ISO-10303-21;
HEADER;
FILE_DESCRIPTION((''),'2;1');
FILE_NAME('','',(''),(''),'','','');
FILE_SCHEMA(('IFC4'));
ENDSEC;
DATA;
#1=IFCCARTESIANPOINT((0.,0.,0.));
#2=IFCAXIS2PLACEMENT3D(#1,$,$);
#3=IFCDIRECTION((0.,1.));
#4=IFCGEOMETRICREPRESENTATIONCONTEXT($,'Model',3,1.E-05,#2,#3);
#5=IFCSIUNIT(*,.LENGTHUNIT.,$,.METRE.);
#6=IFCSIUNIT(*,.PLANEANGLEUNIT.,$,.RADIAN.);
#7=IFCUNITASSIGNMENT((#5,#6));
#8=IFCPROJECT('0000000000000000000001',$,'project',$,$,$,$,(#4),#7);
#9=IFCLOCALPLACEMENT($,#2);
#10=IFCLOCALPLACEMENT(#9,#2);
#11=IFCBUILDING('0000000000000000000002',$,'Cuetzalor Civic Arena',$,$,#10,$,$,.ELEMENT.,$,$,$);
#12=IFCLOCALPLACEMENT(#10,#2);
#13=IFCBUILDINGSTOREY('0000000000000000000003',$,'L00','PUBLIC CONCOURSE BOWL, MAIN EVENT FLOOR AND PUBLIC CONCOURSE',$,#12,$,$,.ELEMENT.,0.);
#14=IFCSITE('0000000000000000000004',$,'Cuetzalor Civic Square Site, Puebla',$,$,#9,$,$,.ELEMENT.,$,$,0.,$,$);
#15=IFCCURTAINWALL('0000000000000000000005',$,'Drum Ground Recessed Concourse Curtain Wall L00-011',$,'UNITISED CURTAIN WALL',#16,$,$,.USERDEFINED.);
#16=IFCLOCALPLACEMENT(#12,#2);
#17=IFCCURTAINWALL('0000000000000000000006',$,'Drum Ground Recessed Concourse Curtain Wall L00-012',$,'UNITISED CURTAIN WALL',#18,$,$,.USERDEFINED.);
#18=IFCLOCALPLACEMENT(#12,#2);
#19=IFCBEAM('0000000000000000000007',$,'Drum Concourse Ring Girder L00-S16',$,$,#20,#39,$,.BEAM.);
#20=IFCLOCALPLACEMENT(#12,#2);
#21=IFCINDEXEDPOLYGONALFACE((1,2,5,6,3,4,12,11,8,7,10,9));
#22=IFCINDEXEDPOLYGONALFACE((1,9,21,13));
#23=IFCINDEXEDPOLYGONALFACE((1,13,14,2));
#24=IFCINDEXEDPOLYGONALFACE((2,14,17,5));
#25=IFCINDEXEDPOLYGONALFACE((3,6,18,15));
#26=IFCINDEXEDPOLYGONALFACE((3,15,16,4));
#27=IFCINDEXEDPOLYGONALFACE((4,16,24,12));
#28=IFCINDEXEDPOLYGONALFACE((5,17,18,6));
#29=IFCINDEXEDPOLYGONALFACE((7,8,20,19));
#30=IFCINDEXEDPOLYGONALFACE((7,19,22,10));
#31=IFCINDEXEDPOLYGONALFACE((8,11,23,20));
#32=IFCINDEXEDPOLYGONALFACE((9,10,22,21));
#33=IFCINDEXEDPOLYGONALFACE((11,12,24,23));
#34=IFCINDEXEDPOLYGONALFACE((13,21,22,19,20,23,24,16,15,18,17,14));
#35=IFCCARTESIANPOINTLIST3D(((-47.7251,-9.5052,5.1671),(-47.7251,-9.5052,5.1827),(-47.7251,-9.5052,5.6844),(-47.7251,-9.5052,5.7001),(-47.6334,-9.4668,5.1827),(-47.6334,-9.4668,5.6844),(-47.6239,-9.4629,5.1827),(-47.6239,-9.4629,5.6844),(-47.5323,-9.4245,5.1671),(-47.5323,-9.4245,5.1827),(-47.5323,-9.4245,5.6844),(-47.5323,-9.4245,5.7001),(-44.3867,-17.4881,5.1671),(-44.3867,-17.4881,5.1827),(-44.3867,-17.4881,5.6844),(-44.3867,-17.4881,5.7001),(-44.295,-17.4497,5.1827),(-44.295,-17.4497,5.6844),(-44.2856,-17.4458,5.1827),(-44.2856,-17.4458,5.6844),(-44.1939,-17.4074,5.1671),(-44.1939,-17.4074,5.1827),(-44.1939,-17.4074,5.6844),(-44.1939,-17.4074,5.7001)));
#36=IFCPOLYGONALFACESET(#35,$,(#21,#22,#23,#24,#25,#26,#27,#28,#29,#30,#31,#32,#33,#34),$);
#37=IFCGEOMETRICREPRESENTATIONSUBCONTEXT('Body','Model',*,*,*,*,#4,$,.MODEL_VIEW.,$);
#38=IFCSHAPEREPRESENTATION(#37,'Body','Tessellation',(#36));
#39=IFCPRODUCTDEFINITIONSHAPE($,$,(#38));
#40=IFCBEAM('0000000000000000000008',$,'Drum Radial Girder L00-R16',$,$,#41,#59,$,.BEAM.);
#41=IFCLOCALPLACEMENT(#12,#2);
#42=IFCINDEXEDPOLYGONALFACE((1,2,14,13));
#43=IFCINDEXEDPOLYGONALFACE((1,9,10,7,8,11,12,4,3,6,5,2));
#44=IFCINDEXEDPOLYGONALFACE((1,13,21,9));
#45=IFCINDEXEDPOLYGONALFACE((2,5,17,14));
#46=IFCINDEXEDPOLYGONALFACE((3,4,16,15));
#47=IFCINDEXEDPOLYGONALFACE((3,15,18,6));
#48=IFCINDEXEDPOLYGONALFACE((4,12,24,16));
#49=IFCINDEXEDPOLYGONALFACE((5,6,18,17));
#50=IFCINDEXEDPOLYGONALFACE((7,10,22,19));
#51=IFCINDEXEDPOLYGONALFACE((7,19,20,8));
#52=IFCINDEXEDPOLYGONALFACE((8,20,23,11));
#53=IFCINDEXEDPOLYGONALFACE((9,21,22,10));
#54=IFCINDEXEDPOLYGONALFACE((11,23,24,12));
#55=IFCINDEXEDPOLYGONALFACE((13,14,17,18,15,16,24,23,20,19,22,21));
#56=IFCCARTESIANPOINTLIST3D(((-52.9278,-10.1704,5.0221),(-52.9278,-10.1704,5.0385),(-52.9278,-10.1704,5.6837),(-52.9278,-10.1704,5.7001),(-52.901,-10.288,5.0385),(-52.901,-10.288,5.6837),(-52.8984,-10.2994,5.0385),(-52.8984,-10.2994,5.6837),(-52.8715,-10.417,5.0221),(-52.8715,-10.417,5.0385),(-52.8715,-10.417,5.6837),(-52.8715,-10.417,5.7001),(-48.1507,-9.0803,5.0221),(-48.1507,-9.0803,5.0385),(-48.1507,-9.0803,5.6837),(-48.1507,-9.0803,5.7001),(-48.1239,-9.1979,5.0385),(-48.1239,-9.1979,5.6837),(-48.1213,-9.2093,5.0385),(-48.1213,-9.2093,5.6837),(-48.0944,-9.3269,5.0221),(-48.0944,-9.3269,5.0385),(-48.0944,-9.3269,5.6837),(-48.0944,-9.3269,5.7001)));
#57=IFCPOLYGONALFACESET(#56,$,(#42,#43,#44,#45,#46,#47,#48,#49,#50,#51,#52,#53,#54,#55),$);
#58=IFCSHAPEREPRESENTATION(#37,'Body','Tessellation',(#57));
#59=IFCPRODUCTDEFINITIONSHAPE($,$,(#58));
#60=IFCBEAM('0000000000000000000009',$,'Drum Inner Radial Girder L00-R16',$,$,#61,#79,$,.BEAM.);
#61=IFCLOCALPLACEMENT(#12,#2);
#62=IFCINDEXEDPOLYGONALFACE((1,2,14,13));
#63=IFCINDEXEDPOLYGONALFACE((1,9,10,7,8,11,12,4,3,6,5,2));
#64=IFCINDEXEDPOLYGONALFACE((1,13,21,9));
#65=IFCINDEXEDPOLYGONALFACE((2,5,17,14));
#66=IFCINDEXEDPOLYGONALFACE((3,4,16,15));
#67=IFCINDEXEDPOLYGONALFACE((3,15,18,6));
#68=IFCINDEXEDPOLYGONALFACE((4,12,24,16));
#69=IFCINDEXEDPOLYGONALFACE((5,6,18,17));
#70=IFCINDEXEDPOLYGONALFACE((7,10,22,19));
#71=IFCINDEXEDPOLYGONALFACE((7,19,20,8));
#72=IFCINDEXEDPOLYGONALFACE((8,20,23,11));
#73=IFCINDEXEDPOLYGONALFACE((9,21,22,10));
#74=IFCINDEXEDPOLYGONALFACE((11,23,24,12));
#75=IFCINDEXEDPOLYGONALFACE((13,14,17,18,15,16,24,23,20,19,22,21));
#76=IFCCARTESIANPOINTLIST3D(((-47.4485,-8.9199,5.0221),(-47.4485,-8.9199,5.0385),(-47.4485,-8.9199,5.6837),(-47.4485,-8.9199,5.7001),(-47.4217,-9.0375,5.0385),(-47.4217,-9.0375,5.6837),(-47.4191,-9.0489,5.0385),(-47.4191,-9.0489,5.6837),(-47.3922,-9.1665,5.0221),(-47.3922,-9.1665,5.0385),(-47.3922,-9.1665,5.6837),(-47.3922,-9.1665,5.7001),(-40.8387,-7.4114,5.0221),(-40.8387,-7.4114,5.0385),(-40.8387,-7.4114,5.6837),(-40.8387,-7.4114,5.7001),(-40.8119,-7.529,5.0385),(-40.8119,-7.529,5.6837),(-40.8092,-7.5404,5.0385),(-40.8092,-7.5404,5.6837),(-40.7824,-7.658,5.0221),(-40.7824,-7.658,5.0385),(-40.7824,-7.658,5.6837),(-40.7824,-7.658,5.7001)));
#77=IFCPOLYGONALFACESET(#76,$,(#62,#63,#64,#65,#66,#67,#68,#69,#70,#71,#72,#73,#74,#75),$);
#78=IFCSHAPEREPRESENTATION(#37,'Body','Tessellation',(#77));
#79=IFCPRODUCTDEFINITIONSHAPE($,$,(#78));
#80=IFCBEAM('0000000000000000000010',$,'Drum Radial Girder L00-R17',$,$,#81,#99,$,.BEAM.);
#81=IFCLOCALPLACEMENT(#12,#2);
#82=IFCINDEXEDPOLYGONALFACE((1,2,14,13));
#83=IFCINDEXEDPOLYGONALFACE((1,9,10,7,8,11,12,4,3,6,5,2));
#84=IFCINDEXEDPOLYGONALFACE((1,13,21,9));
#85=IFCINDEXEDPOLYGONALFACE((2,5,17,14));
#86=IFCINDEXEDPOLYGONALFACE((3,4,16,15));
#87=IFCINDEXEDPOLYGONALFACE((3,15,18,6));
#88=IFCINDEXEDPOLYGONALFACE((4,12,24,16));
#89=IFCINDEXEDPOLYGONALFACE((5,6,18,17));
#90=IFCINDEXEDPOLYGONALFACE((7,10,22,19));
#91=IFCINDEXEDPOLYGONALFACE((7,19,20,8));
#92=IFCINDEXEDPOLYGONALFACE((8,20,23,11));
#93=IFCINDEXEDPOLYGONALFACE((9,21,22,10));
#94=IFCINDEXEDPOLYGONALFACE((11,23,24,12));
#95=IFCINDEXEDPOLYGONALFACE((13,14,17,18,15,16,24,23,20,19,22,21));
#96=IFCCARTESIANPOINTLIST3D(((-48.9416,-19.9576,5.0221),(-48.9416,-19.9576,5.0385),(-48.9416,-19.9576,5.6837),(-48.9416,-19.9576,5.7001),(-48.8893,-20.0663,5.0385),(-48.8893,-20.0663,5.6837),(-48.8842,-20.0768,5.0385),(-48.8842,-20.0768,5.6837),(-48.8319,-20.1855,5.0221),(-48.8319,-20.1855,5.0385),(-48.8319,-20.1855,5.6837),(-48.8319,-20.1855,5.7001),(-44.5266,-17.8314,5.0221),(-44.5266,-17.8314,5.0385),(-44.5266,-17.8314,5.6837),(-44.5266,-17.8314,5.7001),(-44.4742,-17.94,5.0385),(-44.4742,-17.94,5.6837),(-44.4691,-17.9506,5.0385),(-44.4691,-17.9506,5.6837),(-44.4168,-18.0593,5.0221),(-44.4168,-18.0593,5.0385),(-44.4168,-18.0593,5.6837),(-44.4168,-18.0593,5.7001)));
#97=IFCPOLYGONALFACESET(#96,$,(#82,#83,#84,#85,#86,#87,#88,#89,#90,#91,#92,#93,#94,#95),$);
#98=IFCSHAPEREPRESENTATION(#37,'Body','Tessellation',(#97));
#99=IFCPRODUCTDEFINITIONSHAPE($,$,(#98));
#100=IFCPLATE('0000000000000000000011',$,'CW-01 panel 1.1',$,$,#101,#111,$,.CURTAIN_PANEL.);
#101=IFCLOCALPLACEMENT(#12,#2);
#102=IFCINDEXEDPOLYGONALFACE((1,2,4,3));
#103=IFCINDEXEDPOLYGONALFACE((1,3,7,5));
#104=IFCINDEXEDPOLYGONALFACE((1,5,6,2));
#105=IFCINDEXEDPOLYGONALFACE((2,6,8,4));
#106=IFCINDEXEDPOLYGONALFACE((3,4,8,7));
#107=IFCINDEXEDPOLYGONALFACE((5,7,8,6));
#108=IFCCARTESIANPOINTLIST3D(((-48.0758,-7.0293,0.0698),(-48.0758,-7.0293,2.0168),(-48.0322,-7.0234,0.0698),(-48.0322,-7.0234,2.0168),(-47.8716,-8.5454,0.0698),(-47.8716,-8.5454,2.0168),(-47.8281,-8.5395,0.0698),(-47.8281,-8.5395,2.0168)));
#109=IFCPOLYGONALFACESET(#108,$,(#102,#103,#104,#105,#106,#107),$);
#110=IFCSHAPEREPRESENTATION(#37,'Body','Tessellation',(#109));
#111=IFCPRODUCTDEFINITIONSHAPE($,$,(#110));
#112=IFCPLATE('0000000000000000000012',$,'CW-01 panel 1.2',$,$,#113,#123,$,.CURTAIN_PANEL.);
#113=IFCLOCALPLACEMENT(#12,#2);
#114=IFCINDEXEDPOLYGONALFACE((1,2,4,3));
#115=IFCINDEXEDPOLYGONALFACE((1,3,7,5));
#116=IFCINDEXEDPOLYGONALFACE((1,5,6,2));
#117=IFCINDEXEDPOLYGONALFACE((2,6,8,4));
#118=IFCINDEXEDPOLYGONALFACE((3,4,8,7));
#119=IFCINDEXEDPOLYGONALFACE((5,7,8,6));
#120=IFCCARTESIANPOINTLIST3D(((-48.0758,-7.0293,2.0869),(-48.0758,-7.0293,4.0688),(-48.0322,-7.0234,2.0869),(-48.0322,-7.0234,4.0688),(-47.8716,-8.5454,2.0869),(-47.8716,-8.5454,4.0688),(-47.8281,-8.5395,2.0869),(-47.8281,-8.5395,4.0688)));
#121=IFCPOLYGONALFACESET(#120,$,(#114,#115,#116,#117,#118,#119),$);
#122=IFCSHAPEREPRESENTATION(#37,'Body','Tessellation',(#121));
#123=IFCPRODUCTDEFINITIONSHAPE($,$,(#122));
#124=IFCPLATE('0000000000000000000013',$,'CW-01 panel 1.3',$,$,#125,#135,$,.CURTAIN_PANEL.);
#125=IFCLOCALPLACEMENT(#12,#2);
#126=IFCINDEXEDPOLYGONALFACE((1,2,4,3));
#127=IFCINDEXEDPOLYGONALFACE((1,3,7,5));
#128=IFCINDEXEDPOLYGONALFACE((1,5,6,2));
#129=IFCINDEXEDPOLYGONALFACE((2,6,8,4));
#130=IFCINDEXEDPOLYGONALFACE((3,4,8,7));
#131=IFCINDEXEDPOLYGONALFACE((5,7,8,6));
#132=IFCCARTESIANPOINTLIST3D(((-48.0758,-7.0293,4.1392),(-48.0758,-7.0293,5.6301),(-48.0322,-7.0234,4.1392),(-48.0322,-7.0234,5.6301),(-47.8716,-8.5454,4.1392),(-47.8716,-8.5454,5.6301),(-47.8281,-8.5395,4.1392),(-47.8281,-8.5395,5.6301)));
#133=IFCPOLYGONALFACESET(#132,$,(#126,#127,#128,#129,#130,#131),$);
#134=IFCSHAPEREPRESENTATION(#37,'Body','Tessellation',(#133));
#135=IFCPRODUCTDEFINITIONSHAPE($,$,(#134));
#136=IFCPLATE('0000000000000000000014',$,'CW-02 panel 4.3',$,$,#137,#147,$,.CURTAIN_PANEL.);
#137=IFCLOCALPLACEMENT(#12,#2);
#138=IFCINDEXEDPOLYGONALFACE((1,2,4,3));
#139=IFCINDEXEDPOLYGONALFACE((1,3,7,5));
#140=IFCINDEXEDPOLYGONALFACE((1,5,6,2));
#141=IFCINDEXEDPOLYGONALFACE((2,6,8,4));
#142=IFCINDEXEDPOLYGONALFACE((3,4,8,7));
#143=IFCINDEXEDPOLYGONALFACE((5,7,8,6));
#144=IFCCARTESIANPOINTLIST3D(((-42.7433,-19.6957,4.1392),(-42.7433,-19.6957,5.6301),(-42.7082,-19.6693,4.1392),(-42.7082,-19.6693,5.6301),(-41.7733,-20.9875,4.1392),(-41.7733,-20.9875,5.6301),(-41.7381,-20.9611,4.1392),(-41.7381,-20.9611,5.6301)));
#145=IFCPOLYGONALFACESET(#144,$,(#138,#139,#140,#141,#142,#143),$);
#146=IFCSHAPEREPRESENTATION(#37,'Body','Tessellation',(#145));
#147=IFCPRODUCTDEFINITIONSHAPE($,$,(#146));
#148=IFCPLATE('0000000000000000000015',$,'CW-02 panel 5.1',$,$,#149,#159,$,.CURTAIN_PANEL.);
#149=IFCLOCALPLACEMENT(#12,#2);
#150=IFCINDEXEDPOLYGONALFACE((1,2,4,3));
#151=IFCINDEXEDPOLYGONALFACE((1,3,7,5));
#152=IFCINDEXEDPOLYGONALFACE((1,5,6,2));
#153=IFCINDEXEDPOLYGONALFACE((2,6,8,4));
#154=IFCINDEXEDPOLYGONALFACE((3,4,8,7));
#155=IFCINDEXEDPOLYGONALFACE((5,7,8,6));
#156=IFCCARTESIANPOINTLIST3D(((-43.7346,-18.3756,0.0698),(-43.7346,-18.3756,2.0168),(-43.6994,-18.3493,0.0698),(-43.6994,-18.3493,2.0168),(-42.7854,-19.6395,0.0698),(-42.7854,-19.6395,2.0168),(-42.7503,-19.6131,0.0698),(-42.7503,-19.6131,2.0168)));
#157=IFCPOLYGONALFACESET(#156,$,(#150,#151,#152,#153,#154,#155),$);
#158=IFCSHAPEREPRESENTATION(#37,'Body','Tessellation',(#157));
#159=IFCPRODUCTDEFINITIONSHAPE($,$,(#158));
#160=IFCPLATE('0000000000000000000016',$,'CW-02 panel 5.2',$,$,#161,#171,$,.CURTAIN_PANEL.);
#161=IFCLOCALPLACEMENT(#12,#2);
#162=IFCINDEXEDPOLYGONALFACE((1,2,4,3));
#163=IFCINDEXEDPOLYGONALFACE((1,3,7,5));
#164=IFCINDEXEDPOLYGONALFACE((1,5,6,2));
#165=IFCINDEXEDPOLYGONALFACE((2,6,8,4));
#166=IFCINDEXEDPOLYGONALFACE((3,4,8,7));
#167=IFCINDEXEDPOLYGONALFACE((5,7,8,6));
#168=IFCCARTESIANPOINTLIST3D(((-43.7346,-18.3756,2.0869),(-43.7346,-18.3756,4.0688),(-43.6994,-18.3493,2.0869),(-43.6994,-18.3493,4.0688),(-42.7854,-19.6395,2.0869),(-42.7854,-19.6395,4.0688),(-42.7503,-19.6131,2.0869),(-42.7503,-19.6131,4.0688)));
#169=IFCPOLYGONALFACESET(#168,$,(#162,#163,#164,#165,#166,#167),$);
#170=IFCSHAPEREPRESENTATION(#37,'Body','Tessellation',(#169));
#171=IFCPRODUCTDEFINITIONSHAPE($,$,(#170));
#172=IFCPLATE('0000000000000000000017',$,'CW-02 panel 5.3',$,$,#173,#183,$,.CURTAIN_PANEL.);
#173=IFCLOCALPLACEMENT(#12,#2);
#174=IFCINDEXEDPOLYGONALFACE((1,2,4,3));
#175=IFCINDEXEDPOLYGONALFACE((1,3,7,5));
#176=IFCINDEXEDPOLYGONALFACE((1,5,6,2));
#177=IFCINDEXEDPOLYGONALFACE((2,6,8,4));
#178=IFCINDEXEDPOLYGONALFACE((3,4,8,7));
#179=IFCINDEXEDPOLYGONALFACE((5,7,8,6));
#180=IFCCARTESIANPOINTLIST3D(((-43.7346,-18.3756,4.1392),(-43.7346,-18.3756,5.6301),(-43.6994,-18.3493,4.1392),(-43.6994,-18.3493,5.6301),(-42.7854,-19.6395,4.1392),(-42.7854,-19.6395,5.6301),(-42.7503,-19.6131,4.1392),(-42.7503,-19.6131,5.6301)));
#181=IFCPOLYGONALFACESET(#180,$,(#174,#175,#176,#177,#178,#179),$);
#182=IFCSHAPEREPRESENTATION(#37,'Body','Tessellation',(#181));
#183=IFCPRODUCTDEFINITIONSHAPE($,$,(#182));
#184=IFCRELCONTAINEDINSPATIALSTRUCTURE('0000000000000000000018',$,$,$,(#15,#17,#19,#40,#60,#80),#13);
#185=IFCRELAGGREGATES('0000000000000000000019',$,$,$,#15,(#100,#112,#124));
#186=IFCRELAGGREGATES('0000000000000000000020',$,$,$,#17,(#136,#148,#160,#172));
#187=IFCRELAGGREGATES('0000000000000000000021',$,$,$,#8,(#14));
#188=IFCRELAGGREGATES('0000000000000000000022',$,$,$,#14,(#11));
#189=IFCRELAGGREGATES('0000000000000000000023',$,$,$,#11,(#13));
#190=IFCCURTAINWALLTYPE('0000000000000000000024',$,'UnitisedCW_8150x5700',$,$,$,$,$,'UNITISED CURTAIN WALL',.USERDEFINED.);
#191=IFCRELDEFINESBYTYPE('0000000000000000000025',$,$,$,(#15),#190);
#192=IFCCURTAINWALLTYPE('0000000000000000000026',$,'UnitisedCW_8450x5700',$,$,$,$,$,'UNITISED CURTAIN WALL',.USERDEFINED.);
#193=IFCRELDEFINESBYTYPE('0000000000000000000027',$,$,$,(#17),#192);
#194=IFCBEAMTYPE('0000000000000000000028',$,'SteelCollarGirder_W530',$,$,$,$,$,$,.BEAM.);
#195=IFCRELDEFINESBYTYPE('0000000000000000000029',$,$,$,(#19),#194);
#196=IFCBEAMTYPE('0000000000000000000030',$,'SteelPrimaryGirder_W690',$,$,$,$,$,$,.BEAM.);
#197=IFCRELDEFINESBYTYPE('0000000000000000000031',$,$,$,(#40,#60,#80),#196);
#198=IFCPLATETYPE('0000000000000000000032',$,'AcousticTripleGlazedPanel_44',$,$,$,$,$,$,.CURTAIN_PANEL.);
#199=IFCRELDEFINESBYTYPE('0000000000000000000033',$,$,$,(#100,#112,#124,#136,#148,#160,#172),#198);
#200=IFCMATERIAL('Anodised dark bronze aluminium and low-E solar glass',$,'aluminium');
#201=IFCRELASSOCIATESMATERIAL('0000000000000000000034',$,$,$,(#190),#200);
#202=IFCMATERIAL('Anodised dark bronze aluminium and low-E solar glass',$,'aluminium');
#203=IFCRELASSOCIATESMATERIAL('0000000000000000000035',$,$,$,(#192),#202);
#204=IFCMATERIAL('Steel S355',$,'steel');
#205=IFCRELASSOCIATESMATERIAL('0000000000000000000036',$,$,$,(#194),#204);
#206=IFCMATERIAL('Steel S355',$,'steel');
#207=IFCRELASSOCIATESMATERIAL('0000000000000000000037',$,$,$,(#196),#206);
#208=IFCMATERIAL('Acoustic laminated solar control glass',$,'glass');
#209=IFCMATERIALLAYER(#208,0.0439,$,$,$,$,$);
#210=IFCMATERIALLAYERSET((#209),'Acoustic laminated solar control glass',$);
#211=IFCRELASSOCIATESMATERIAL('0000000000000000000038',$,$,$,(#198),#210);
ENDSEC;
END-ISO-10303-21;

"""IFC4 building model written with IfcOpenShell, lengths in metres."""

from ifc_helpers import new_model, si_unit, direction, frame, origin, origin_2d, place, context, subcontext, project, spatial, rectangle, i_section, extrude, material, layer, layer_set, material_profile, profile_set, type_object, element, aggregate, save


model = new_model("IFC4")

# Units and contexts
model_context = context("Model", 3, precision=1e-05, world=origin(), true_north=direction((0.0, 1.0)))
body_context = subcontext(model_context, "Body", "Model", "MODEL_VIEW")
ifc_project = project(units=[si_unit("LENGTHUNIT", "METRE"), si_unit("PLANEANGLEUNIT", "RADIAN")], contexts=[model_context])

# Site, building, storey
site_placement = place(None, origin())
site = spatial("IfcSite", under=ifc_project, at=site_placement, Name="Cuetzalor Civic Square Site, Puebla", CompositionType="ELEMENT", RefElevation=0.0)
building_placement = place(site_placement, origin())
building = spatial("IfcBuilding", under=site, at=building_placement, Name="Cuetzalor Civic Arena", CompositionType="ELEMENT")
storey_placement = place(building_placement, origin())
storey = spatial("IfcBuildingStorey", under=building, at=storey_placement, Name="L00", Description="PUBLIC CONCOURSE BOWL, MAIN EVENT FLOOR AND PUBLIC CONCOURSE", CompositionType="ELEMENT", Elevation=0.0)

# Curtain wall
ifc_material_1 = material(Name="Anodised dark bronze aluminium and low-E solar glass", Category="aluminium")
curtain_wall_type_1 = type_object("IfcCurtainWallType", Name="UnitisedCW_8150x5700", ElementType="UNITISED CURTAIN WALL", PredefinedType="USERDEFINED", material=ifc_material_1)
curtain_wall_1_placement = place(storey_placement, origin())
curtain_wall_1 = element("IfcCurtainWall", 1, at=curtain_wall_1_placement, inside=storey, type_object=curtain_wall_type_1, Name="Drum Ground Recessed Concourse Curtain Wall L00-011", ObjectType="UNITISED CURTAIN WALL", PredefinedType="USERDEFINED")

# Curtain wall
ifc_material_2 = material(Name="Anodised dark bronze aluminium and low-E solar glass", Category="aluminium")
curtain_wall_type_2 = type_object("IfcCurtainWallType", Name="UnitisedCW_8450x5700", ElementType="UNITISED CURTAIN WALL", PredefinedType="USERDEFINED", material=ifc_material_2)
curtain_wall_2_placement = place(storey_placement, origin())
curtain_wall_2 = element("IfcCurtainWall", 2, at=curtain_wall_2_placement, inside=storey, type_object=curtain_wall_type_2, Name="Drum Ground Recessed Concourse Curtain Wall L00-012", ObjectType="UNITISED CURTAIN WALL", PredefinedType="USERDEFINED")

# Beams
ifc_material_3 = material(Name="Steel S355", Category="steel")
ifc_material_profile_1 = material_profile(ifc_material_3, i_section(OverallWidth=0.209, OverallDepth=0.533, WebThickness=0.0103, FlangeThickness=0.0156, at=origin_2d()), Name="W530x92")
ifc_profile_set_1 = profile_set([ifc_material_profile_1], Name="Steel S355")
beam_type_1 = type_object("IfcBeamType", Name="SteelCollarGirder_W530", PredefinedType="BEAM", material=ifc_profile_set_1)
beam_1_placement = place(storey_placement, frame((-47.6287, -9.4648, 5.4336), z_axis=(0.385813, -0.922577, 0.0), x_axis=(0.922577, 0.385813, 0.0)))
element("IfcBeam", 3, at=beam_1_placement, inside=storey, type_object=beam_type_1, Name="Drum Concourse Ring Girder L00-S16", PredefinedType="BEAM", context=body_context, shape_type="SweptSolid", body=[
    extrude(i_section(OverallWidth=0.209, OverallDepth=0.533, WebThickness=0.0103, FlangeThickness=0.0156, at=origin_2d()), origin(), (0.0, 0.0, 1.0), 8.6528),
])
ifc_material_4 = material(Name="Steel S355", Category="steel")
ifc_material_profile_2 = material_profile(ifc_material_4, i_section(OverallWidth=0.2529, OverallDepth=0.678, WebThickness=0.0117, FlangeThickness=0.0164, at=origin_2d()), Name="W690x125")
ifc_profile_set_2 = profile_set([ifc_material_profile_2], Name="Steel S355")
beam_type_2 = type_object("IfcBeamType", Name="SteelPrimaryGirder_W690", PredefinedType="BEAM", material=ifc_profile_set_2)
beam_2_placement = place(storey_placement, frame((-48.1226, -9.2036, 5.3611), z_axis=(-0.974939, -0.222472, 0.0), x_axis=(0.222472, -0.974939, 0.0)))
element("IfcBeam", 4, at=beam_2_placement, inside=storey, type_object=beam_type_2, Name="Drum Radial Girder L00-R16", PredefinedType="BEAM", context=body_context, shape_type="SweptSolid", body=[
    extrude(i_section(OverallWidth=0.2529, OverallDepth=0.678, WebThickness=0.0117, FlangeThickness=0.0164, at=origin_2d()), origin(), (0.0, 0.0, 1.0), 4.8999),
])
beam_3_placement = place(storey_placement, frame((-40.8105, -7.5347, 5.3611), z_axis=(-0.974932, -0.222505, 0.0), x_axis=(0.222505, -0.974932, 0.0)))
element("IfcBeam", 5, at=beam_3_placement, inside=storey, type_object=beam_type_2, Name="Drum Inner Radial Girder L00-R16", PredefinedType="BEAM", context=body_context, shape_type="SweptSolid", body=[
    extrude(i_section(OverallWidth=0.2529, OverallDepth=0.678, WebThickness=0.0117, FlangeThickness=0.0164, at=origin_2d()), origin(), (0.0, 0.0, 1.0), 6.7798),
])
beam_4_placement = place(storey_placement, frame((-44.4717, -17.9453, 5.3611), z_axis=(-0.900965, -0.433892, 0.0), x_axis=(0.433892, -0.900965, 0.0)))
element("IfcBeam", 6, at=beam_4_placement, inside=storey, type_object=beam_type_2, Name="Drum Radial Girder L00-R17", PredefinedType="BEAM", context=body_context, shape_type="SweptSolid", body=[
    extrude(i_section(OverallWidth=0.2529, OverallDepth=0.678, WebThickness=0.0117, FlangeThickness=0.0164, at=origin_2d()), origin(), (0.0, 0.0, 1.0), 4.9004),
])

# Plates
ifc_material_5 = material(Name="Acoustic laminated solar control glass", Category="glass")
ifc_layer_1 = layer(ifc_material_5, 0.0439)
ifc_layer_set_1 = layer_set([ifc_layer_1], Name="Acoustic laminated solar control glass")
plate_type = type_object("IfcPlateType", Name="AcousticTripleGlazedPanel_44", PredefinedType="CURTAIN_PANEL", material=ifc_layer_set_1)
plate_1_placement = place(storey_placement, frame((-47.9519, -7.7844, 0.0698), z_axis=(0.0, 0.0, 1.0), x_axis=(-0.133443, 0.991056, 0.0)))
plate_1 = element("IfcPlate", 7, at=plate_1_placement, type_object=plate_type, Name="CW-01 panel 1.1", PredefinedType="CURTAIN_PANEL", context=body_context, shape_type="SweptSolid", body=[
    extrude(rectangle(XDim=1.5298, YDim=0.0439, at=origin_2d()), origin(), (0.0, 0.0, 1.0), 1.947),
])
plate_2_placement = place(storey_placement, frame((-47.9519, -7.7844, 2.0869), z_axis=(0.0, 0.0, 1.0), x_axis=(-0.133443, 0.991056, 0.0)))
plate_2 = element("IfcPlate", 8, at=plate_2_placement, type_object=plate_type, Name="CW-01 panel 1.2", PredefinedType="CURTAIN_PANEL", context=body_context, shape_type="SweptSolid", body=[
    extrude(rectangle(XDim=1.5298, YDim=0.0439, at=origin_2d()), origin(), (0.0, 0.0, 1.0), 1.9819),
])
plate_3_placement = place(storey_placement, frame((-47.9519, -7.7844, 4.1392), z_axis=(0.0, 0.0, 1.0), x_axis=(-0.133443, 0.991056, 0.0)))
plate_3 = element("IfcPlate", 9, at=plate_3_placement, type_object=plate_type, Name="CW-01 panel 1.3", PredefinedType="CURTAIN_PANEL", context=body_context, shape_type="SweptSolid", body=[
    extrude(rectangle(XDim=1.5298, YDim=0.0439, at=origin_2d()), origin(), (0.0, 0.0, 1.0), 1.491),
])
aggregate(curtain_wall_1, [plate_1, plate_2, plate_3])
plate_4_placement = place(storey_placement, frame((-42.2407, -20.3284, 4.1392), z_axis=(0.0, 0.0, 1.0), x_axis=(-0.600492, 0.799631, 0.0)))
plate_4 = element("IfcPlate", 10, at=plate_4_placement, type_object=plate_type, Name="CW-02 panel 4.3", PredefinedType="CURTAIN_PANEL", context=body_context, shape_type="SweptSolid", body=[
    extrude(rectangle(XDim=1.6155, YDim=0.0439, at=origin_2d()), origin(), (0.0, 0.0, 1.0), 1.491),
])
plate_5_placement = place(storey_placement, frame((-43.2424, -18.9944, 0.0698), z_axis=(0.0, 0.0, 1.0), x_axis=(-0.600492, 0.799631, 0.0)))
plate_5 = element("IfcPlate", 11, at=plate_5_placement, type_object=plate_type, Name="CW-02 panel 5.1", PredefinedType="CURTAIN_PANEL", context=body_context, shape_type="SweptSolid", body=[
    extrude(rectangle(XDim=1.5806, YDim=0.0439, at=origin_2d()), origin(), (0.0, 0.0, 1.0), 1.947),
])
plate_6_placement = place(storey_placement, frame((-43.2424, -18.9944, 2.0869), z_axis=(0.0, 0.0, 1.0), x_axis=(-0.600492, 0.799631, 0.0)))
plate_6 = element("IfcPlate", 12, at=plate_6_placement, type_object=plate_type, Name="CW-02 panel 5.2", PredefinedType="CURTAIN_PANEL", context=body_context, shape_type="SweptSolid", body=[
    extrude(rectangle(XDim=1.5806, YDim=0.0439, at=origin_2d()), origin(), (0.0, 0.0, 1.0), 1.9819),
])
plate_7_placement = place(storey_placement, frame((-43.2424, -18.9944, 4.1392), z_axis=(0.0, 0.0, 1.0), x_axis=(-0.600492, 0.799631, 0.0)))
plate_7 = element("IfcPlate", 13, at=plate_7_placement, type_object=plate_type, Name="CW-02 panel 5.3", PredefinedType="CURTAIN_PANEL", context=body_context, shape_type="SweptSolid", body=[
    extrude(rectangle(XDim=1.5806, YDim=0.0439, at=origin_2d()), origin(), (0.0, 0.0, 1.0), 1.491),
])
aggregate(curtain_wall_2, [plate_4, plate_5, plate_6, plate_7])

save(model, "model.ifc")
